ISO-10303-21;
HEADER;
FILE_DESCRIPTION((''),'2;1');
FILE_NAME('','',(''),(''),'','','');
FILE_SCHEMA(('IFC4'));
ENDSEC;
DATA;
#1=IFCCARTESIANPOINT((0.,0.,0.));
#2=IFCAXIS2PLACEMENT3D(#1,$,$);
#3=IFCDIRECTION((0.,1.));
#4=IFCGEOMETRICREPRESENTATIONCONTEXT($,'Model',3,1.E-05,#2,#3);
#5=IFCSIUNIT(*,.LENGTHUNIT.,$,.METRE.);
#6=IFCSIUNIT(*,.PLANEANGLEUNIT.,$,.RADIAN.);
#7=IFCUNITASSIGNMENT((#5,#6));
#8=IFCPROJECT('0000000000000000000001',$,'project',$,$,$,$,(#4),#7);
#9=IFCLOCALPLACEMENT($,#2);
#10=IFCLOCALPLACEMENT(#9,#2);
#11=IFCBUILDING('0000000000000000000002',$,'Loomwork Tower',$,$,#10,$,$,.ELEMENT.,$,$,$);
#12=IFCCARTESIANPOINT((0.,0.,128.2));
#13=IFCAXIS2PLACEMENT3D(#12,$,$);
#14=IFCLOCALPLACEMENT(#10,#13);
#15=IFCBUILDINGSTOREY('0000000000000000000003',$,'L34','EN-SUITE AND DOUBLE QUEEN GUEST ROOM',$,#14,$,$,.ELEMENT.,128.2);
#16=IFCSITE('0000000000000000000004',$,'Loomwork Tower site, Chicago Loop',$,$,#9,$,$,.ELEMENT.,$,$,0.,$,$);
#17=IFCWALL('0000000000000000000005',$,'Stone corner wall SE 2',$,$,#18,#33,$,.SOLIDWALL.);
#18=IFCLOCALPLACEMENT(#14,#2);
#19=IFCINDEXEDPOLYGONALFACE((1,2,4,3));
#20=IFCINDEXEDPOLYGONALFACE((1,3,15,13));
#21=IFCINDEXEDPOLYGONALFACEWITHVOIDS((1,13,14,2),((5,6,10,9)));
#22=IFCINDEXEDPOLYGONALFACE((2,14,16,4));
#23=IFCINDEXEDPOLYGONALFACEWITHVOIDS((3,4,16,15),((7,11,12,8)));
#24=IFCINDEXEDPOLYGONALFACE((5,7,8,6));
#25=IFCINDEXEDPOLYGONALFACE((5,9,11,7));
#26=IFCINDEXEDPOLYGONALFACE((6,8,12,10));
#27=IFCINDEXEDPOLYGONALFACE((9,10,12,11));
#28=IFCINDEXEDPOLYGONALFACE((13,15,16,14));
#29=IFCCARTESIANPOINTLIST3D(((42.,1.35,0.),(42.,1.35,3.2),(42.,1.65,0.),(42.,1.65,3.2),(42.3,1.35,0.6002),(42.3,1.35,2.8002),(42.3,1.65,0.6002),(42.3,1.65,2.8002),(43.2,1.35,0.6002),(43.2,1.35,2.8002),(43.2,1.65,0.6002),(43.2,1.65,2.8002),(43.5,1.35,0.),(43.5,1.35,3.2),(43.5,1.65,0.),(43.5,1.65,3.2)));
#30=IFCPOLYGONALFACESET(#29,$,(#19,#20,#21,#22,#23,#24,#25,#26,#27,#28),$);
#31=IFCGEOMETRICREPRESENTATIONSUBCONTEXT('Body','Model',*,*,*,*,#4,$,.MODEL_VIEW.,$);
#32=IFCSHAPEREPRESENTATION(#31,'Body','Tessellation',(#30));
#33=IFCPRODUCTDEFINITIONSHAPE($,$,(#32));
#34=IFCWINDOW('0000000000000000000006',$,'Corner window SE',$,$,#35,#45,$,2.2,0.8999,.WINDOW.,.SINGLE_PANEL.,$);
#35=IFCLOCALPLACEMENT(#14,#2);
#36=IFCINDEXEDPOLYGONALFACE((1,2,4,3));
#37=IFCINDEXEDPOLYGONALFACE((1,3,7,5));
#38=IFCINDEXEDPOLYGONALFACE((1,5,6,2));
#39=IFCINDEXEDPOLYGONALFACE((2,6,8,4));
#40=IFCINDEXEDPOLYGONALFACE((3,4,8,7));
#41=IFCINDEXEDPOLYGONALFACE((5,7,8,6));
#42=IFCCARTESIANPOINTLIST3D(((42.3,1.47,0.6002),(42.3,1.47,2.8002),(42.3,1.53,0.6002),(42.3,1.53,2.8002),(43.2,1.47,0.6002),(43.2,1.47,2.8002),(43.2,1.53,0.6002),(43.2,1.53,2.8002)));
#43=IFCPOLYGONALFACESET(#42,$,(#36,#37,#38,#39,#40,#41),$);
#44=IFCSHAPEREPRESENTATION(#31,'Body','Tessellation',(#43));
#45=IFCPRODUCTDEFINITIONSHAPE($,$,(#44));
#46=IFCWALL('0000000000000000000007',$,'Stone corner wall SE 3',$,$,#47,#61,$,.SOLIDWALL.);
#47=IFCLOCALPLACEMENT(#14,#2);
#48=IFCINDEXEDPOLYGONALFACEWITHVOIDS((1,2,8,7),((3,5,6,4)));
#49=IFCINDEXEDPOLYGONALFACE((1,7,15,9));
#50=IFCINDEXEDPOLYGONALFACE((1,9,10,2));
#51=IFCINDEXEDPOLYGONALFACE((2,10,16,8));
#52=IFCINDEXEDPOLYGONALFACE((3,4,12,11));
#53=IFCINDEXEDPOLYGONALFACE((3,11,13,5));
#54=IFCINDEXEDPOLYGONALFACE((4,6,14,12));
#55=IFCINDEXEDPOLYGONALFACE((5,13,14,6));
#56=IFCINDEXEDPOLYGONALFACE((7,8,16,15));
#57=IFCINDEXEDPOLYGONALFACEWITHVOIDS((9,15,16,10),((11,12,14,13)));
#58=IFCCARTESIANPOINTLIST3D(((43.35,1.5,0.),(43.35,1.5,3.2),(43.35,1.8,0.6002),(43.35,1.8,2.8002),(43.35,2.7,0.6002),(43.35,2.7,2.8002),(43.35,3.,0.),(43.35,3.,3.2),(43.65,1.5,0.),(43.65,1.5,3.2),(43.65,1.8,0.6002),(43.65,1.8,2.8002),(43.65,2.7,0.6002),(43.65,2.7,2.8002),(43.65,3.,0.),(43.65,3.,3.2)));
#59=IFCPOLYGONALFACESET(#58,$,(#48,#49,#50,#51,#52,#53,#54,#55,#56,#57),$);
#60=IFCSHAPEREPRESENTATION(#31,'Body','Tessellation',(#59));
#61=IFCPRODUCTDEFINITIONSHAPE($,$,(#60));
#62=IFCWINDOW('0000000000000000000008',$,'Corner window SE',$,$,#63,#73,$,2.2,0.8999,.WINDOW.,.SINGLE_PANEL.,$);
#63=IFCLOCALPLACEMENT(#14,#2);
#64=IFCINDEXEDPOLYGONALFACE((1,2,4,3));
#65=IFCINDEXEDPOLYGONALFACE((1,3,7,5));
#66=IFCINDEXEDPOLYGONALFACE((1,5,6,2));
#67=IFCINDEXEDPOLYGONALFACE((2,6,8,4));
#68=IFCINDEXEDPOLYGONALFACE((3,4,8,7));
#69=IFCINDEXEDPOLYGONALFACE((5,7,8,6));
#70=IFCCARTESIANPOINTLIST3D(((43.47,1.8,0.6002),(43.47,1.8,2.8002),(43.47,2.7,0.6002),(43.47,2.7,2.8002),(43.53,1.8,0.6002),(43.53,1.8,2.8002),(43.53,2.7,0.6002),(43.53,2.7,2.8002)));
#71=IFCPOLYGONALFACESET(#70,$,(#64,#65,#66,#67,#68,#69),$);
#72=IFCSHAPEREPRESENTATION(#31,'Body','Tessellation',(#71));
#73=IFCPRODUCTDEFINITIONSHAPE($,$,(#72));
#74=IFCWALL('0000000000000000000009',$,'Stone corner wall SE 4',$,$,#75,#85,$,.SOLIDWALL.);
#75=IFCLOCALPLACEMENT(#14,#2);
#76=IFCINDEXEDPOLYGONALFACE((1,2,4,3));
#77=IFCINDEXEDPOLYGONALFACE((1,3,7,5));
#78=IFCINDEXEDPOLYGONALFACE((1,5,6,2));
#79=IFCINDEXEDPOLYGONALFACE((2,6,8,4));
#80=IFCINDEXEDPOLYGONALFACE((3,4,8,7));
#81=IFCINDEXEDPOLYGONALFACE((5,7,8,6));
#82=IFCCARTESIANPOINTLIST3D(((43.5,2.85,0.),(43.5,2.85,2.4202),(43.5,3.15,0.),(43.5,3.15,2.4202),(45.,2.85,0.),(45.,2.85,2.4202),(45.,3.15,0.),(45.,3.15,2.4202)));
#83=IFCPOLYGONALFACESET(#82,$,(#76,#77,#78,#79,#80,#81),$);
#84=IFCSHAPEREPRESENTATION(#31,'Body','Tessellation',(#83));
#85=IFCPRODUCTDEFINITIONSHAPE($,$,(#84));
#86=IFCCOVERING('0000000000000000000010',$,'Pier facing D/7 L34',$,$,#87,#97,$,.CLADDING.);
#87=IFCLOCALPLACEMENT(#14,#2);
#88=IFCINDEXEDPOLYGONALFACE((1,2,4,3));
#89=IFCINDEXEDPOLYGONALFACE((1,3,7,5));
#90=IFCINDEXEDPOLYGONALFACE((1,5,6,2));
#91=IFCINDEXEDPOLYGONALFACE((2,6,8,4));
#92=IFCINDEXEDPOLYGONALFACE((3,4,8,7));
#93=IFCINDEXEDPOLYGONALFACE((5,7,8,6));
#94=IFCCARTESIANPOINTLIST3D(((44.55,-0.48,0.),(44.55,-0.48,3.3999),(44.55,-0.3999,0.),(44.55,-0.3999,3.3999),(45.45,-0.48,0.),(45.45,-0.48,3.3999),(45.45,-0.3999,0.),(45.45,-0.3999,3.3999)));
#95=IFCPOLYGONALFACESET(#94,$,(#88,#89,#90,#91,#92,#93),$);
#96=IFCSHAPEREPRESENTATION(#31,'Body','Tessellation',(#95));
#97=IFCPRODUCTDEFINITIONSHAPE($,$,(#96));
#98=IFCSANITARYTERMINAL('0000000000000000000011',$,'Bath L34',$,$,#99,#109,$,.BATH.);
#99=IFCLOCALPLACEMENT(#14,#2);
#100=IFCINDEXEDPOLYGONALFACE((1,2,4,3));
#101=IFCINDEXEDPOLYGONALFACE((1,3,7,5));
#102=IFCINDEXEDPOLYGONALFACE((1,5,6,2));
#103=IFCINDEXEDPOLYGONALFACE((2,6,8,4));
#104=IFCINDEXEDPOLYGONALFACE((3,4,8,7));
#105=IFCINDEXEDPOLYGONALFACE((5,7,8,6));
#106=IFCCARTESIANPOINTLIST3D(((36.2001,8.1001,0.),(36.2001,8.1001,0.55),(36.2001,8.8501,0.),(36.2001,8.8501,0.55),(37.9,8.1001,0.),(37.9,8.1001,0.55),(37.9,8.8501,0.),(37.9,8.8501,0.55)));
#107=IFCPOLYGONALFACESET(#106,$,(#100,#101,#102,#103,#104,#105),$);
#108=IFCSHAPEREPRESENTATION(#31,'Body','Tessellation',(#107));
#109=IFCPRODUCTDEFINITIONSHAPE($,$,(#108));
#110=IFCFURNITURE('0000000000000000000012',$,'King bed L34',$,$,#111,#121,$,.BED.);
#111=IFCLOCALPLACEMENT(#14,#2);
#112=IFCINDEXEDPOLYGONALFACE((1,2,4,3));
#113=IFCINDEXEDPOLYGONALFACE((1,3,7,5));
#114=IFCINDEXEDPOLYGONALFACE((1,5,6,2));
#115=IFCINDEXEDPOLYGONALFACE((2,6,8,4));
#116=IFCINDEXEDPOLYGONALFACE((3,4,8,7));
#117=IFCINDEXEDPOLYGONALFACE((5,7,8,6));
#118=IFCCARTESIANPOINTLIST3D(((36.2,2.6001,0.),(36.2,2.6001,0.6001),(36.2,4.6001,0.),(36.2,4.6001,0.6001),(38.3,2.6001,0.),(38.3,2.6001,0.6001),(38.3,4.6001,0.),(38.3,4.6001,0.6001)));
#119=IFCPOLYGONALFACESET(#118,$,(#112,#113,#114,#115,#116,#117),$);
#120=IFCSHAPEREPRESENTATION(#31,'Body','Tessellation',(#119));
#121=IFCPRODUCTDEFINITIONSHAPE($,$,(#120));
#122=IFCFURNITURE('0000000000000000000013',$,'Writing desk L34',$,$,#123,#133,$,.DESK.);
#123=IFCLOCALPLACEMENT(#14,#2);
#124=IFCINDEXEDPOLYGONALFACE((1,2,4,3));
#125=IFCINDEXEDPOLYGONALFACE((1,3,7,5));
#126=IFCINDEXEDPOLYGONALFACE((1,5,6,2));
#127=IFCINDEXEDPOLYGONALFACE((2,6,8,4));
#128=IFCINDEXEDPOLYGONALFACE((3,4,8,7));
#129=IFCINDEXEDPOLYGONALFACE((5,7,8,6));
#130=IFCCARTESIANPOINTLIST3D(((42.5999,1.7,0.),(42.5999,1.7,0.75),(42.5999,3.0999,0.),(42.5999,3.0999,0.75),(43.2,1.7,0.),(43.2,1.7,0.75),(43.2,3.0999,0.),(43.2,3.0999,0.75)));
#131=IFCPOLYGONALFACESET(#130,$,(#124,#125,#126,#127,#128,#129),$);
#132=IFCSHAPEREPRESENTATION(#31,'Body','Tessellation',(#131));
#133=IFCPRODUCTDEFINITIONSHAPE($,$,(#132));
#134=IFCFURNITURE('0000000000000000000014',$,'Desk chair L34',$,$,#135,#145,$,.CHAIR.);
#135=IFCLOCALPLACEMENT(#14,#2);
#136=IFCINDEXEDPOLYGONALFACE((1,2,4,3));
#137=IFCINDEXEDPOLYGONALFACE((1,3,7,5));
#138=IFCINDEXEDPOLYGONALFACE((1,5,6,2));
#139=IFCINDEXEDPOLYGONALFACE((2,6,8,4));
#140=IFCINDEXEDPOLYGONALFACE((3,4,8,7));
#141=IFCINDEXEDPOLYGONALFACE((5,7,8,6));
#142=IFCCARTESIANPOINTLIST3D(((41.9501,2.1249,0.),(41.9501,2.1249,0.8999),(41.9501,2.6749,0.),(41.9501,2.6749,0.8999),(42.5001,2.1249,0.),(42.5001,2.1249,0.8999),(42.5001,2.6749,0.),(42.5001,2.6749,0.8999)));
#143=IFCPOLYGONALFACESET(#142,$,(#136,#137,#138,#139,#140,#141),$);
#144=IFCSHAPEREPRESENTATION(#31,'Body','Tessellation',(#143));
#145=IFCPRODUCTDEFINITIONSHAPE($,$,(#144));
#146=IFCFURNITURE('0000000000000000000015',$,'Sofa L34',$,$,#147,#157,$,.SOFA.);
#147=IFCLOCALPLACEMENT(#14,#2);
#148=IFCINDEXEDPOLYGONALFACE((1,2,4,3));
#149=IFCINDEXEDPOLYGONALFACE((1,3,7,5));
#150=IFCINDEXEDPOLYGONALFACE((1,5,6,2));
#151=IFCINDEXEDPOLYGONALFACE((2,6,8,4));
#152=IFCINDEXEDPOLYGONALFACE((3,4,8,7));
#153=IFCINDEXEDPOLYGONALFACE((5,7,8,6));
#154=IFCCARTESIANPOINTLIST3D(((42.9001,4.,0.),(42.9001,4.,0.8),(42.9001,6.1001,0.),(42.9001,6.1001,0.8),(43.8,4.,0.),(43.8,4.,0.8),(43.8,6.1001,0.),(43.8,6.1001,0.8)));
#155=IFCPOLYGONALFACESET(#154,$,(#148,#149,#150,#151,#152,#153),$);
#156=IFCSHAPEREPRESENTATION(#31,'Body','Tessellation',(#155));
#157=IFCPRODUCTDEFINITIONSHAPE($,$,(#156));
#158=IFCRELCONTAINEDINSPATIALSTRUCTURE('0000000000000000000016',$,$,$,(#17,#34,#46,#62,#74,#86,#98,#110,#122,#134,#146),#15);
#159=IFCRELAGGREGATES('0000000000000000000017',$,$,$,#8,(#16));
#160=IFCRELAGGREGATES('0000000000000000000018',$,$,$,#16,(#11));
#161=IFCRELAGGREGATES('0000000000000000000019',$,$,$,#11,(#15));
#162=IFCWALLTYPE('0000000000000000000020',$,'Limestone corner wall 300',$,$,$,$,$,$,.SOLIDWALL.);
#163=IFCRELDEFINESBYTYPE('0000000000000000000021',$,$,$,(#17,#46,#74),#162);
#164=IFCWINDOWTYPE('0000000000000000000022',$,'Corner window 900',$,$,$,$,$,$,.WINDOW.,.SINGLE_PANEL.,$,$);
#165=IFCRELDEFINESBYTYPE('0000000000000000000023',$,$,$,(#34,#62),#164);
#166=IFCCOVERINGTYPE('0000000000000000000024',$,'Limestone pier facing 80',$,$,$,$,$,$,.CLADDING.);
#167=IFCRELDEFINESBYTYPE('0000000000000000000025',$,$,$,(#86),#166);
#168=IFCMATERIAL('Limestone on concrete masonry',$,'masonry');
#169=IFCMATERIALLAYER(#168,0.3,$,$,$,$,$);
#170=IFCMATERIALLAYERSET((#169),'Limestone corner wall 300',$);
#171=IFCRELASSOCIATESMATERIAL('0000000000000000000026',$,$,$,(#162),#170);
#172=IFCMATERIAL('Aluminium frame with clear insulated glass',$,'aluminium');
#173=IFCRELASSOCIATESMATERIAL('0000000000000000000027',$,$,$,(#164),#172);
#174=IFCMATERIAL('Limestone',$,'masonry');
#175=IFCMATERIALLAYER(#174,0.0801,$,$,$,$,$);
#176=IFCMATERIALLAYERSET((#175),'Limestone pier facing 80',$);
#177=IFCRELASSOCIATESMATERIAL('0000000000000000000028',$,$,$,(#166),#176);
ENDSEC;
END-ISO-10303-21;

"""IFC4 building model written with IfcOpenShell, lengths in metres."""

from ifc_helpers import new_model, si_unit, direction, frame, frame_2d, origin, origin_2d, place, context, subcontext, project, spatial, rectangle, extrude, material, layer, layer_set, type_object, element, fill, save


model = new_model("IFC4")

# Units and contexts
model_context = context("Model", 3, precision=1e-05, world=origin(), true_north=direction((0.0, 1.0)))
body_context = subcontext(model_context, "Body", "Model", "MODEL_VIEW")
ifc_project = project(units=[si_unit("LENGTHUNIT", "METRE"), si_unit("PLANEANGLEUNIT", "RADIAN")], contexts=[model_context])

# Site, building, storey
site_placement = place(None, origin())
site = spatial("IfcSite", under=ifc_project, at=site_placement, Name="Loomwork Tower site, Chicago Loop", CompositionType="ELEMENT", RefElevation=0.0)
building_placement = place(site_placement, origin())
building = spatial("IfcBuilding", under=site, at=building_placement, Name="Loomwork Tower", CompositionType="ELEMENT")
storey_placement = place(building_placement, frame((0.0, 0.0, 128.2)))
storey = spatial("IfcBuildingStorey", under=building, at=storey_placement, Name="L34", Description="EN-SUITE AND DOUBLE QUEEN GUEST ROOM", CompositionType="ELEMENT", Elevation=128.2)

# Shared definitions
ifc_material_1 = material(Name="Limestone on concrete masonry", Category="masonry")
ifc_layer_1 = layer(ifc_material_1, 0.3)
ifc_layer_set_1 = layer_set([ifc_layer_1], Name="Limestone corner wall 300")
wall_type_1 = type_object("IfcWallType", Name="Limestone corner wall 300", PredefinedType="SOLIDWALL", material=ifc_layer_set_1)

# Walls, openings, windows
wall_1_placement = place(storey_placement, frame((42.0, 1.5, 0.0), z_axis=(0.0, 0.0, 1.0), x_axis=(1.0, 0.0, 0.0)))
wall_1 = element("IfcWall", 1, at=wall_1_placement, inside=storey, type_object=wall_type_1, Name="Stone corner wall SE 2", PredefinedType="SOLIDWALL", context=body_context, shape_type="SweptSolid", body=[
    extrude(rectangle(XDim=1.5, YDim=0.3, at=frame_2d((0.75, 0.0))), origin(), (0.0, 0.0, 1.0), 3.2),
])
opening_1_placement = place(wall_1_placement, frame((0.3, 0.0, 0.6001)))
opening_1 = element("IfcOpeningElement", 2, at=opening_1_placement, cuts=wall_1, PredefinedType="OPENING", context=body_context, shape_type="SweptSolid", body=[
    extrude(rectangle(XDim=0.8999, YDim=2.2, at=frame_2d((0.45, 1.1001))), frame((0.0, 0.1599, 0.0), z_axis=(0.0, -1.0, 0.0), x_axis=(1.0, 0.0, 0.0)), (0.0, 0.0, 1.0), 0.3201),
])
ifc_material_2 = material(Name="Aluminium frame with clear insulated glass", Category="aluminium")
window_type_1 = type_object("IfcWindowType", Name="Corner window 900", PartitioningType="SINGLE_PANEL", PredefinedType="WINDOW", material=ifc_material_2)
window_1_placement = place(opening_1_placement, origin())
window_1 = element("IfcWindow", 3, at=window_1_placement, inside=storey, type_object=window_type_1, Name="Corner window SE", OverallHeight=2.2, OverallWidth=0.8999, PartitioningType="SINGLE_PANEL", PredefinedType="WINDOW", context=body_context, shape_type="SweptSolid", body=[
    extrude(rectangle(XDim=0.8999, YDim=2.2, at=frame_2d((0.45, 1.1001))), frame((0.0, 0.03, 0.0), z_axis=(0.0, -1.0, 0.0), x_axis=(1.0, 0.0, 0.0)), (0.0, 0.0, 1.0), 0.0601),
])
fill(opening_1, window_1)
wall_2_placement = place(storey_placement, frame((43.5, 1.5, 0.0), z_axis=(0.0, 0.0, 1.0), x_axis=(0.0, 1.0, 0.0)))
wall_2 = element("IfcWall", 4, at=wall_2_placement, inside=storey, type_object=wall_type_1, Name="Stone corner wall SE 3", PredefinedType="SOLIDWALL", context=body_context, shape_type="SweptSolid", body=[
    extrude(rectangle(XDim=1.5, YDim=0.3, at=frame_2d((0.75, 0.0))), origin(), (0.0, 0.0, 1.0), 3.2),
])
opening_2_placement = place(wall_2_placement, frame((0.3, 0.0, 0.6001)))
opening_2 = element("IfcOpeningElement", 5, at=opening_2_placement, cuts=wall_2, PredefinedType="OPENING", context=body_context, shape_type="SweptSolid", body=[
    extrude(rectangle(XDim=0.8999, YDim=2.2, at=frame_2d((0.45, 1.1001))), frame((0.0, 0.1599, 0.0), z_axis=(0.0, -1.0, 0.0), x_axis=(1.0, 0.0, 0.0)), (0.0, 0.0, 1.0), 0.3201),
])
window_2_placement = place(opening_2_placement, origin())
window_2 = element("IfcWindow", 6, at=window_2_placement, inside=storey, type_object=window_type_1, Name="Corner window SE", OverallHeight=2.2, OverallWidth=0.8999, PartitioningType="SINGLE_PANEL", PredefinedType="WINDOW", context=body_context, shape_type="SweptSolid", body=[
    extrude(rectangle(XDim=0.8999, YDim=2.2, at=frame_2d((0.45, 1.1001))), frame((0.0, 0.03, 0.0), z_axis=(0.0, -1.0, 0.0), x_axis=(1.0, 0.0, 0.0)), (0.0, 0.0, 1.0), 0.0601),
])
fill(opening_2, window_2)

# Wall
wall_3_placement = place(storey_placement, frame((43.5, 3.0, 0.0), z_axis=(0.0, 0.0, 1.0), x_axis=(1.0, 0.0, 0.0)))
element("IfcWall", 7, at=wall_3_placement, inside=storey, type_object=wall_type_1, Name="Stone corner wall SE 4", PredefinedType="SOLIDWALL", context=body_context, shape_type="SweptSolid", body=[
    extrude(rectangle(XDim=1.5, YDim=0.3, at=frame_2d((0.75, 0.0))), origin(), (0.0, 0.0, 1.0), 2.4202),
])

# Covering
ifc_material_3 = material(Name="Limestone", Category="masonry")
ifc_layer_2 = layer(ifc_material_3, 0.0801)
ifc_layer_set_2 = layer_set([ifc_layer_2], Name="Limestone pier facing 80")
covering_type = type_object("IfcCoveringType", Name="Limestone pier facing 80", PredefinedType="CLADDING", material=ifc_layer_set_2)
covering_placement = place(storey_placement, frame((45.0, -0.4399, 0.0), z_axis=(0.0, 0.0, 1.0), x_axis=(1.0, 0.0, 0.0)))
element("IfcCovering", 8, at=covering_placement, inside=storey, type_object=covering_type, Name="Pier facing D/7 L34", PredefinedType="CLADDING", context=body_context, shape_type="SweptSolid", body=[
    extrude(rectangle(XDim=0.8999, YDim=0.0801, at=origin_2d()), origin(), (0.0, 0.0, 1.0), 3.3999),
])

# Sanitary terminal
sanitary_terminal_placement = place(storey_placement, frame((37.05, 8.4751, 0.0), z_axis=(0.0, 0.0, 1.0), x_axis=(1.0, 0.0, 0.0)))
element("IfcSanitaryTerminal", 9, at=sanitary_terminal_placement, inside=storey, Name="Bath L34", PredefinedType="BATH", context=body_context, shape_type="SweptSolid", body=[
    extrude(rectangle(XDim=1.7, YDim=0.75, at=origin_2d()), origin(), (0.0, 0.0, 1.0), 0.55),
])

# Furniture
furniture_1_placement = place(storey_placement, frame((37.25, 3.6001, 0.0), z_axis=(0.0, 0.0, 1.0), x_axis=(1.0, 0.0, 0.0)))
element("IfcFurniture", 10, at=furniture_1_placement, inside=storey, Name="King bed L34", PredefinedType="BED", context=body_context, shape_type="SweptSolid", body=[
    extrude(rectangle(XDim=2.1001, YDim=2.0, at=origin_2d()), origin(), (0.0, 0.0, 1.0), 0.6001),
])
furniture_2_placement = place(storey_placement, frame((42.8999, 2.3999, 0.0), z_axis=(0.0, 0.0, 1.0), x_axis=(1.0, 0.0, 0.0)))
element("IfcFurniture", 11, at=furniture_2_placement, inside=storey, Name="Writing desk L34", PredefinedType="DESK", context=body_context, shape_type="SweptSolid", body=[
    extrude(rectangle(XDim=0.6001, YDim=1.3999, at=origin_2d()), origin(), (0.0, 0.0, 1.0), 0.75),
])
furniture_3_placement = place(storey_placement, frame((42.2251, 2.3999, 0.0), z_axis=(0.0, 0.0, 1.0), x_axis=(1.0, 0.0, 0.0)))
element("IfcFurniture", 12, at=furniture_3_placement, inside=storey, Name="Desk chair L34", PredefinedType="CHAIR", context=body_context, shape_type="SweptSolid", body=[
    extrude(rectangle(XDim=0.55, YDim=0.55, at=origin_2d()), origin(), (0.0, 0.0, 1.0), 0.8999),
])
furniture_4_placement = place(storey_placement, frame((43.3501, 5.05, 0.0), z_axis=(0.0, 0.0, 1.0), x_axis=(1.0, 0.0, 0.0)))
element("IfcFurniture", 13, at=furniture_4_placement, inside=storey, Name="Sofa L34", PredefinedType="SOFA", context=body_context, shape_type="SweptSolid", body=[
    extrude(rectangle(XDim=0.8999, YDim=2.1001, at=origin_2d()), origin(), (0.0, 0.0, 1.0), 0.8),
])

save(model, "model.ifc")
